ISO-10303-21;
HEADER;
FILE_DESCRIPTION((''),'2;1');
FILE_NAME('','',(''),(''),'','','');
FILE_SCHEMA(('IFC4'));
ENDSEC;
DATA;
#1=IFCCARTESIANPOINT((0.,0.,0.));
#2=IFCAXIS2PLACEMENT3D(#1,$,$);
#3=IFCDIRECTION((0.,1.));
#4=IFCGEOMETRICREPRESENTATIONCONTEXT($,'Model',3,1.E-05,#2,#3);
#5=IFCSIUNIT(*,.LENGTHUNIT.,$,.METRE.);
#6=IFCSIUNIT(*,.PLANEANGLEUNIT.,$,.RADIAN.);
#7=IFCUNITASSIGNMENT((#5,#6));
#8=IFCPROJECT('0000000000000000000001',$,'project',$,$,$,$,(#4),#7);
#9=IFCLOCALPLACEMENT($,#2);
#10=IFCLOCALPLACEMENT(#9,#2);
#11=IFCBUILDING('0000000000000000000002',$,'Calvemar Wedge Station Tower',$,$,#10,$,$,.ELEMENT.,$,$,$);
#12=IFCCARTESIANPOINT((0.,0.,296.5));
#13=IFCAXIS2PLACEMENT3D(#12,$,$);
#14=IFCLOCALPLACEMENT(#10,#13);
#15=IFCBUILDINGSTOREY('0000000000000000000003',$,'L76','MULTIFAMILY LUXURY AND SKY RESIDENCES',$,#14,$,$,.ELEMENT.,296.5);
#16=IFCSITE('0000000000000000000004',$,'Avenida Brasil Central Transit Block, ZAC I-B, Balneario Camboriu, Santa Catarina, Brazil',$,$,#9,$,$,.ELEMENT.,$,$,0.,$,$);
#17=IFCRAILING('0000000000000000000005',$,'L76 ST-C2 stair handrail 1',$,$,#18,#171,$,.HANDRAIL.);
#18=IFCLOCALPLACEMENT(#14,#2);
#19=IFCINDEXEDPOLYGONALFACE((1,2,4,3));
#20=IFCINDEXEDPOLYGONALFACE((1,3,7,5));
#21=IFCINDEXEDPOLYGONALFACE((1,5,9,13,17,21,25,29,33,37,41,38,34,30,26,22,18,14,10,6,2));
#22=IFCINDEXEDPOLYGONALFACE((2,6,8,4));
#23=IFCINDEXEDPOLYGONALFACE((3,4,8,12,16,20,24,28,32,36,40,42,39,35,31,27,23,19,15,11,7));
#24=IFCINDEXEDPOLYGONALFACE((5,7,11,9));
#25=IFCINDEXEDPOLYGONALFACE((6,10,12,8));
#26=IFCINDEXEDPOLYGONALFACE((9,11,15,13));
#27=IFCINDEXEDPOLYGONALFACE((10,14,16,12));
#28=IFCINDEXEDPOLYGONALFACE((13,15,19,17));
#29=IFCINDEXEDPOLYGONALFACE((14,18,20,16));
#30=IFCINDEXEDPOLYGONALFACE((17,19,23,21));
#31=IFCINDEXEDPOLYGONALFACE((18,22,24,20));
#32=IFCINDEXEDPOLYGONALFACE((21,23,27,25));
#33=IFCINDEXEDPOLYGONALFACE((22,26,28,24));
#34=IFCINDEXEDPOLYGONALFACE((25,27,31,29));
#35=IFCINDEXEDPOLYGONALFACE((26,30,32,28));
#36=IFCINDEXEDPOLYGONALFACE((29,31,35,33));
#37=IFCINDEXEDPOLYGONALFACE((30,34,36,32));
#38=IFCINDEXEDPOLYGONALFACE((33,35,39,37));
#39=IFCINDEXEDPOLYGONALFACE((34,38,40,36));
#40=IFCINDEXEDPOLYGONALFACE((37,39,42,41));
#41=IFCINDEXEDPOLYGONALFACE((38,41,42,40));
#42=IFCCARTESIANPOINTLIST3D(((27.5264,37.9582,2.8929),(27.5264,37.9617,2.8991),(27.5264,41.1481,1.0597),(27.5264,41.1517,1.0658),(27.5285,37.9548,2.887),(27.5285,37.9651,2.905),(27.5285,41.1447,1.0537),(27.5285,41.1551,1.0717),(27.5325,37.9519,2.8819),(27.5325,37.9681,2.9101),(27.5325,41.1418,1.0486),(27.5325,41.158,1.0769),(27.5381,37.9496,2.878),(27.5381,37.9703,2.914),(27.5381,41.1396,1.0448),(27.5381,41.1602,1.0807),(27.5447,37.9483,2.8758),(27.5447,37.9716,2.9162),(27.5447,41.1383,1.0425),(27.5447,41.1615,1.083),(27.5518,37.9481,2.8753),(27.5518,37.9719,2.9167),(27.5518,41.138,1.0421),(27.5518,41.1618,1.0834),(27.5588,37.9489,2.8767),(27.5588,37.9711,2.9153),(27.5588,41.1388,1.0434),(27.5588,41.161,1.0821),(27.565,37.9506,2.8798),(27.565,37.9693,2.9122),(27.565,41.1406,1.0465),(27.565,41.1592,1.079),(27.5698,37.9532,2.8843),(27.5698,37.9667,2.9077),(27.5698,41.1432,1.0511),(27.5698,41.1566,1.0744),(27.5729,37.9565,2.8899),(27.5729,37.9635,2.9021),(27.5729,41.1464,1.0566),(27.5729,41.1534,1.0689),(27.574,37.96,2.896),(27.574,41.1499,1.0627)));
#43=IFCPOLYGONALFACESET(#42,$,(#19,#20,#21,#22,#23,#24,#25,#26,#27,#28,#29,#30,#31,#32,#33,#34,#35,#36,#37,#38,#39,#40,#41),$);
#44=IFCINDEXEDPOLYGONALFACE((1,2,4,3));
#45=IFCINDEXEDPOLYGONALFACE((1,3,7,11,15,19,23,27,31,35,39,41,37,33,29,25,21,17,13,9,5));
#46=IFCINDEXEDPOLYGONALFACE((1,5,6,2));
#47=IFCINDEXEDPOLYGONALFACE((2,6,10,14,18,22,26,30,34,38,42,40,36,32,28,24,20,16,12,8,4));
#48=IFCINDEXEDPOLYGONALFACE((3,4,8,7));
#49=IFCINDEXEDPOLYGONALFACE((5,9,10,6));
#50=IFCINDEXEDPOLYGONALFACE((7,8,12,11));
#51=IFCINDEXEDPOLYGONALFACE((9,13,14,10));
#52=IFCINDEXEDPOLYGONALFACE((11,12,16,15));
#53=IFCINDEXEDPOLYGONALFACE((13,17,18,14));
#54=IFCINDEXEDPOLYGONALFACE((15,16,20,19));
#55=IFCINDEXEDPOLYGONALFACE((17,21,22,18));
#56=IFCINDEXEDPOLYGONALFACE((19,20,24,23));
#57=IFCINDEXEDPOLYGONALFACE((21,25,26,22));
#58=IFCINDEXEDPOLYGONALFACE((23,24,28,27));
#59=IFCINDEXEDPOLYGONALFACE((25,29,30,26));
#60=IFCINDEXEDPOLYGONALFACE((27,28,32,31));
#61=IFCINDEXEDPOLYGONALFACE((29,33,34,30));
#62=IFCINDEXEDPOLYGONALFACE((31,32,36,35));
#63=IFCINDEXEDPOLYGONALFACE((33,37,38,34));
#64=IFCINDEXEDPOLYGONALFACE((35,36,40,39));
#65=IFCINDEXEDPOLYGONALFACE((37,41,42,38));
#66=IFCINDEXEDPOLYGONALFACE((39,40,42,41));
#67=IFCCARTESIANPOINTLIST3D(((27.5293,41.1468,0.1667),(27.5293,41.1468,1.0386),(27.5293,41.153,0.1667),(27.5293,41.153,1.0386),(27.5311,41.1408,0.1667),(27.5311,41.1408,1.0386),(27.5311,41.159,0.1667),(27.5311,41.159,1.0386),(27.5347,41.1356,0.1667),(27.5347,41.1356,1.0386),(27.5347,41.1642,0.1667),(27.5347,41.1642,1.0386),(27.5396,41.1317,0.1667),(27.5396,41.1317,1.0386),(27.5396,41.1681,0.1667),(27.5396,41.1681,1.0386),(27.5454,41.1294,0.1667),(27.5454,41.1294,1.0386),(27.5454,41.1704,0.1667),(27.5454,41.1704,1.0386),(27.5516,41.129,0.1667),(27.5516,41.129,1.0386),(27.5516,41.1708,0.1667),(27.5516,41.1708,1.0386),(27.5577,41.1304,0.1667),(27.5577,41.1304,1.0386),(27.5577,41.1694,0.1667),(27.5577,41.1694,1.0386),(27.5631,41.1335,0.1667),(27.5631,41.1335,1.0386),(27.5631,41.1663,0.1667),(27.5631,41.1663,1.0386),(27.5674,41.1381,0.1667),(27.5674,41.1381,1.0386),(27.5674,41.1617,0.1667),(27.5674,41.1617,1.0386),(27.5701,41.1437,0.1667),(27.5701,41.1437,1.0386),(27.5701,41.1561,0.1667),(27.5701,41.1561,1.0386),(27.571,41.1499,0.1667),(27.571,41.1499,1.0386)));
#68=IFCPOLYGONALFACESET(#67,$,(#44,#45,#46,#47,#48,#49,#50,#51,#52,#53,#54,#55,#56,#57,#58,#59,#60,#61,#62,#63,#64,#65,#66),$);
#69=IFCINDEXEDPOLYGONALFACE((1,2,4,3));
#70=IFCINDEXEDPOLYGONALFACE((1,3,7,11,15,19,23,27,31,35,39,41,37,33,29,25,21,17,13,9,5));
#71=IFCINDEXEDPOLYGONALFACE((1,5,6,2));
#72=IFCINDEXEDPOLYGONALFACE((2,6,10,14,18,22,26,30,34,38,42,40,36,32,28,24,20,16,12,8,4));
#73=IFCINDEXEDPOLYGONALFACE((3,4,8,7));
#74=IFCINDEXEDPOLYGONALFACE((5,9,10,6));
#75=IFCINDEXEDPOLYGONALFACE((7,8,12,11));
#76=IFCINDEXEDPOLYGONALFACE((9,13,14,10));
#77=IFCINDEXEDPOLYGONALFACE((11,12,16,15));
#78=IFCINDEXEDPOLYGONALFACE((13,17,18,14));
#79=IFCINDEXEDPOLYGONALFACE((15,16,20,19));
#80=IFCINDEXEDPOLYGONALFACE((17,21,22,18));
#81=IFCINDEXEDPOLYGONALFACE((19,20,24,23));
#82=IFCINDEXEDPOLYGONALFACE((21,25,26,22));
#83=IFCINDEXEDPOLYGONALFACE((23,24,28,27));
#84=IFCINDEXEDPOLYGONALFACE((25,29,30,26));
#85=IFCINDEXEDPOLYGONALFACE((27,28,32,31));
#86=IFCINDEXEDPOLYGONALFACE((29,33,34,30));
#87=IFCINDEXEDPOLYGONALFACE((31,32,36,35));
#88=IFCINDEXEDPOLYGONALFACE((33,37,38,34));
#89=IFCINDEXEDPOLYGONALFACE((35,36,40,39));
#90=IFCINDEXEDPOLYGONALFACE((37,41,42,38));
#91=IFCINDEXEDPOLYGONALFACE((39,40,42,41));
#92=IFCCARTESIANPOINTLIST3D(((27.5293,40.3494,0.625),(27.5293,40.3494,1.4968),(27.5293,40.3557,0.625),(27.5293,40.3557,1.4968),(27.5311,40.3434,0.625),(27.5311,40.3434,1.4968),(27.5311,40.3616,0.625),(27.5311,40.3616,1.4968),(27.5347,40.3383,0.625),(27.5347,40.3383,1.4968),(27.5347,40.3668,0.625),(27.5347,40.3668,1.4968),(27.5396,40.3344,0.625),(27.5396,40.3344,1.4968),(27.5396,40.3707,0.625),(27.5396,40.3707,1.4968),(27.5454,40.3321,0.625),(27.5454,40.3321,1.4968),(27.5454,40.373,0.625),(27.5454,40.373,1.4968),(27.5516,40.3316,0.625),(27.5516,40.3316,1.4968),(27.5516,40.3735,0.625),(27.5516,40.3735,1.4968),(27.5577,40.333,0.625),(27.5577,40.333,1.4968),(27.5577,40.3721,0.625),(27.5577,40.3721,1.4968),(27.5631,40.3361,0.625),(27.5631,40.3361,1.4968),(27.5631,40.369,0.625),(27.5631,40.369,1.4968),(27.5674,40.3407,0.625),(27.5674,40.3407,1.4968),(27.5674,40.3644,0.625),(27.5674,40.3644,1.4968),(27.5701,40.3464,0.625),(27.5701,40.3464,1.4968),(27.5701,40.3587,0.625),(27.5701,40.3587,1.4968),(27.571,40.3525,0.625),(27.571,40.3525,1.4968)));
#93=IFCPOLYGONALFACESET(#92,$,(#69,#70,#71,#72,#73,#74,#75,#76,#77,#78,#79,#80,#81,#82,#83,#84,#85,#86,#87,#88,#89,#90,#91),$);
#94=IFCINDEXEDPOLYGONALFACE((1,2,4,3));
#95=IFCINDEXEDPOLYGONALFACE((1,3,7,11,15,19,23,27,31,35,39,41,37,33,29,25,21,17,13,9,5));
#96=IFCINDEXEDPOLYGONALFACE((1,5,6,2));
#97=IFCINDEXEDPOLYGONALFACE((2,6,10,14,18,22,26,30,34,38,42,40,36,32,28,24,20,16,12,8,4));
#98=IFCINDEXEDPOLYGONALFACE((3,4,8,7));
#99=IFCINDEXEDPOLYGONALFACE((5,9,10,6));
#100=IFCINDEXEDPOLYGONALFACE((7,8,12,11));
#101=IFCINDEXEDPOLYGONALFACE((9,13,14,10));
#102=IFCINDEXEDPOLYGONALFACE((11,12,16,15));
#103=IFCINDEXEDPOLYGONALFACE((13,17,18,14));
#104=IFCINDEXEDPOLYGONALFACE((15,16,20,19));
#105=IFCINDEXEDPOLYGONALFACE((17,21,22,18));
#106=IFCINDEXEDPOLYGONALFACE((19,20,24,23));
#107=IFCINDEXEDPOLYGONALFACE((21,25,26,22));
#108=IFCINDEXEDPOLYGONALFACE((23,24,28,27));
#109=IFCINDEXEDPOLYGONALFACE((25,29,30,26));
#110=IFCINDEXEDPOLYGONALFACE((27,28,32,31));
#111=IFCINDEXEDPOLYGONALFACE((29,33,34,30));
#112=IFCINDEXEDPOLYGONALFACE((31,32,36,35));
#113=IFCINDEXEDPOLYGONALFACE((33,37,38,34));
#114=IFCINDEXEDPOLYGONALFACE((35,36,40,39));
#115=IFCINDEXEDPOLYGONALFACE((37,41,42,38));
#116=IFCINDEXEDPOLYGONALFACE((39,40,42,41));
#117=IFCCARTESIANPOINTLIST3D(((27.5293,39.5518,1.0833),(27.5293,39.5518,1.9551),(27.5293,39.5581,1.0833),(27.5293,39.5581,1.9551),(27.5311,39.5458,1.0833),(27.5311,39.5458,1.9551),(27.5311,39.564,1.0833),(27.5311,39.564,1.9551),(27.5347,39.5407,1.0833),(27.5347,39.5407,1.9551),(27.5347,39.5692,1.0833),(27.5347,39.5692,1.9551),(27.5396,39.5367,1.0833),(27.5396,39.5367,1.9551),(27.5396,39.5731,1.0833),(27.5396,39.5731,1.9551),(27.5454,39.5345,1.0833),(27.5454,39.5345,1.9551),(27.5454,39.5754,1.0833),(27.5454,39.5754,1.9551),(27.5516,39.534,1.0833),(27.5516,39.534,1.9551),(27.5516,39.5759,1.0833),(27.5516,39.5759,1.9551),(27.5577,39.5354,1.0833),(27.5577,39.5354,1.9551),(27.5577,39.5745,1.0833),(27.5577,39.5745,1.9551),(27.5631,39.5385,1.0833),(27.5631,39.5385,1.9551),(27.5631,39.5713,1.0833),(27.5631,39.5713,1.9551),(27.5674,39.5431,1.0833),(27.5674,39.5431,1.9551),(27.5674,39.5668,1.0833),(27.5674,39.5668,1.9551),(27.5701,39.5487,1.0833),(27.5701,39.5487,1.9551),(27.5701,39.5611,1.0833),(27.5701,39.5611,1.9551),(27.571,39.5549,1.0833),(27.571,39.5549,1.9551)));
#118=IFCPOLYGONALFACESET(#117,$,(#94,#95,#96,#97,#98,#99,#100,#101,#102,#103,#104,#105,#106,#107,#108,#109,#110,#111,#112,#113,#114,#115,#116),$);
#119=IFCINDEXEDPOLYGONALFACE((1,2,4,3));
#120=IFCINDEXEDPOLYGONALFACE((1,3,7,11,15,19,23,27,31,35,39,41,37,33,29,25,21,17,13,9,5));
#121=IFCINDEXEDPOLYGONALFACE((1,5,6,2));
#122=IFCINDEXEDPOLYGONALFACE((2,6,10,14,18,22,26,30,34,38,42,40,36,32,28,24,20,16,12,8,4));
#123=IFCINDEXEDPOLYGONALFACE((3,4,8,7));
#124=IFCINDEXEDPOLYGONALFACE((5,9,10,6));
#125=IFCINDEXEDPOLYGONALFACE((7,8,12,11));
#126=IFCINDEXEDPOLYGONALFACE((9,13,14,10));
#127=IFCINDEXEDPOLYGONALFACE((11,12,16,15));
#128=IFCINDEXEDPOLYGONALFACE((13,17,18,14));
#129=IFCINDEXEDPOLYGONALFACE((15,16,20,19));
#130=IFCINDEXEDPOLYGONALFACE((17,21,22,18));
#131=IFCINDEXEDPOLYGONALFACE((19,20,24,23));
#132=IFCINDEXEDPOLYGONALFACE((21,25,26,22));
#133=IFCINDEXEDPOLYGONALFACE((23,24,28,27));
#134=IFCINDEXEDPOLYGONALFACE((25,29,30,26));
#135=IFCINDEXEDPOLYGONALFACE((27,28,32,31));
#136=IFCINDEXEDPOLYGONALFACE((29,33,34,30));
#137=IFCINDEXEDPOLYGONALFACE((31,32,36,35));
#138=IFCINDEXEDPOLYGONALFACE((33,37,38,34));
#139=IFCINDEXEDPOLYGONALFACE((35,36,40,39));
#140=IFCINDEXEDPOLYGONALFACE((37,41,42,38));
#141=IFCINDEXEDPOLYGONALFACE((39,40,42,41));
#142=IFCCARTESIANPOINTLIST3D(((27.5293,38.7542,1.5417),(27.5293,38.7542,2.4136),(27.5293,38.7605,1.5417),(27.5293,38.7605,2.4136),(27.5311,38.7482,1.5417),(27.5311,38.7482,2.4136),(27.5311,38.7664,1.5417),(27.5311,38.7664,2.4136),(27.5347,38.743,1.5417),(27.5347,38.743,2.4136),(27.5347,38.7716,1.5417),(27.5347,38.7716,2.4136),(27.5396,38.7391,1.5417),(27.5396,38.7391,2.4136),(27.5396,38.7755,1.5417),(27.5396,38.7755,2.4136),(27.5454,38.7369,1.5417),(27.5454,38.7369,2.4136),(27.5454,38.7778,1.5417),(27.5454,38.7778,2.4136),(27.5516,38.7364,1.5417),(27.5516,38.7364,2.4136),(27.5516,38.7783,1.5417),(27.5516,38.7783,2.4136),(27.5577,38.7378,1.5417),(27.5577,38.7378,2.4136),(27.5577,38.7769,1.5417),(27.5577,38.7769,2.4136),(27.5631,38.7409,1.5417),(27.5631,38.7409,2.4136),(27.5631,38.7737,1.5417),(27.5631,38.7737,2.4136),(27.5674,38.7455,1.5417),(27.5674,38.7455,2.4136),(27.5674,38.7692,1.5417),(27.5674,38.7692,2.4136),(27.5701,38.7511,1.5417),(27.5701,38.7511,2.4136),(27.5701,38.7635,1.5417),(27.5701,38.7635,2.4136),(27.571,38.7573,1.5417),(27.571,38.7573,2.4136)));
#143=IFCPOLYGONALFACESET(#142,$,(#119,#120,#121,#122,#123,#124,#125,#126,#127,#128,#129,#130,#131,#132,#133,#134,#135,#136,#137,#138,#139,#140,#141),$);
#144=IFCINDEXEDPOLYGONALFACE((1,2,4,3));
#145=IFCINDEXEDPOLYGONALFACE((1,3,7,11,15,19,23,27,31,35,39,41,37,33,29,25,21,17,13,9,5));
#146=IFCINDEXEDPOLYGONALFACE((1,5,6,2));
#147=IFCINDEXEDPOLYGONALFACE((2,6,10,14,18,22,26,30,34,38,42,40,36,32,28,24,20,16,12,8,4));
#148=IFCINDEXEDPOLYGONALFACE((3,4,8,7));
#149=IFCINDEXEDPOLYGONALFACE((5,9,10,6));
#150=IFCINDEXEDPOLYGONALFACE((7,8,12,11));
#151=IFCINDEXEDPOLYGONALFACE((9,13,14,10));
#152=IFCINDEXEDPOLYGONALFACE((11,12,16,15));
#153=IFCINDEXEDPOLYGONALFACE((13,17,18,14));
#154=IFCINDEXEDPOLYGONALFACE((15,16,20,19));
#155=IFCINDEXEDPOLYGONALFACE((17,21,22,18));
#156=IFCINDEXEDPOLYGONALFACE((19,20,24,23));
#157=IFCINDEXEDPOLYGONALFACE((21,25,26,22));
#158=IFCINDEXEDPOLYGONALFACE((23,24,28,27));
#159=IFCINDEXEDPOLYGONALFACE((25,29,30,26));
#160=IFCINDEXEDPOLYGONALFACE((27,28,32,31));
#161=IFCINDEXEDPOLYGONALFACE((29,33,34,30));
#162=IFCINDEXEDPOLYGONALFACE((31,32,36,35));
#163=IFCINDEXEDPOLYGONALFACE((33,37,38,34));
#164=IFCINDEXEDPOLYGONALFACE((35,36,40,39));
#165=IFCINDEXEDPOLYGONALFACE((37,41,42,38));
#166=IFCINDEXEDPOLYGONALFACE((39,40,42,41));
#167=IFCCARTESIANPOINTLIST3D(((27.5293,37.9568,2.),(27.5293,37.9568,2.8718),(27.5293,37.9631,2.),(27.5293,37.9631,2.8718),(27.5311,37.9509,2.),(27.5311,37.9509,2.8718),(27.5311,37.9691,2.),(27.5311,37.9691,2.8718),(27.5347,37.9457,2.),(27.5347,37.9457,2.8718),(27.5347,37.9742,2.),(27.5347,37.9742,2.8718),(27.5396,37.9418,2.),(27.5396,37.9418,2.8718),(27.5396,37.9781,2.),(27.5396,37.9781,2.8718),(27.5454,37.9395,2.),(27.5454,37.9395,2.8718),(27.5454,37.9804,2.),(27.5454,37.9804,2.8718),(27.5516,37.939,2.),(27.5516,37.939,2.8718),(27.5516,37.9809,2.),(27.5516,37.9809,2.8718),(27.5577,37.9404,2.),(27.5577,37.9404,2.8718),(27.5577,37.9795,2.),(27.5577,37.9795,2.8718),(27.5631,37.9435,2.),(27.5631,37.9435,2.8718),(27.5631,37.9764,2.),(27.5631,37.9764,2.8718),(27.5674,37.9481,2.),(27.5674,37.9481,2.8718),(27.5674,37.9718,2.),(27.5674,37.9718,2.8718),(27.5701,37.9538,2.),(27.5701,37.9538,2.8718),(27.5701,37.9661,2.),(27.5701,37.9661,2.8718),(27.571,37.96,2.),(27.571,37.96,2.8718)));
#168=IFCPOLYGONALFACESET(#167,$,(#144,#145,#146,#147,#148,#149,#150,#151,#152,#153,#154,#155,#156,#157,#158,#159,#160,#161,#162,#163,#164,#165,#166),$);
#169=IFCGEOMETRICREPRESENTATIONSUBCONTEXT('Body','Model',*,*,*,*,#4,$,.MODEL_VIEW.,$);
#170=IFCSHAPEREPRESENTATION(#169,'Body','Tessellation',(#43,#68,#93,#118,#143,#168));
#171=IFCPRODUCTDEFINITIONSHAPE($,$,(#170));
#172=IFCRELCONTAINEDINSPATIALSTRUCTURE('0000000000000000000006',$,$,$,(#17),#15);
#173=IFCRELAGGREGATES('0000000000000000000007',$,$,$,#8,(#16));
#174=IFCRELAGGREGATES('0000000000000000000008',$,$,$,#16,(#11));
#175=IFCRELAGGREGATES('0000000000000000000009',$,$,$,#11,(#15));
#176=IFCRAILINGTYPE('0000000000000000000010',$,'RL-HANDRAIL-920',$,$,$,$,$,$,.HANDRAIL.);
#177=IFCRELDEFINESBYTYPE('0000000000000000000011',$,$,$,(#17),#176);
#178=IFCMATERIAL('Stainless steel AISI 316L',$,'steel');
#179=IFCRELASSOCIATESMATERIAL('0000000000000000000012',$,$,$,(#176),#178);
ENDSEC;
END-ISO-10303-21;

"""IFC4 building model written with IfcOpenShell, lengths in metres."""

from ifc_helpers import new_model, si_unit, direction, frame, origin, origin_2d, place, context, subcontext, project, spatial, circle, extrude, material, type_object, element, save


model = new_model("IFC4")

# Units and contexts
model_context = context("Model", 3, precision=1e-05, world=origin(), true_north=direction((0.0, 1.0)))
body_context = subcontext(model_context, "Body", "Model", "MODEL_VIEW")
ifc_project = project(units=[si_unit("LENGTHUNIT", "METRE"), si_unit("PLANEANGLEUNIT", "RADIAN")], contexts=[model_context])

# Site, building, storey
site_placement = place(None, origin())
site = spatial("IfcSite", under=ifc_project, at=site_placement, Name="Avenida Brasil Central Transit Block, ZAC I-B, Balneario Camboriu, Santa Catarina, Brazil", CompositionType="ELEMENT", RefElevation=0.0)
building_placement = place(site_placement, origin())
building = spatial("IfcBuilding", under=site, at=building_placement, Name="Calvemar Wedge Station Tower", CompositionType="ELEMENT")
storey_placement = place(building_placement, frame((0.0, 0.0, 296.5)))
storey = spatial("IfcBuildingStorey", under=building, at=storey_placement, Name="L76", Description="MULTIFAMILY LUXURY AND SKY RESIDENCES", CompositionType="ELEMENT", Elevation=296.5)

# Railing
ifc_material_1 = material(Name="Stainless steel AISI 316L", Category="steel")
railing_type_1 = type_object("IfcRailingType", Name="RL-HANDRAIL-920", PredefinedType="HANDRAIL", material=ifc_material_1)
railing_1_placement = place(storey_placement, frame((27.55, 41.1499, 0.1667)))
element("IfcRailing", 1, at=railing_1_placement, inside=storey, type_object=railing_type_1, Name="L76 ST-C2 stair handrail 1", PredefinedType="HANDRAIL", context=body_context, shape_type="SweptSolid", body=[
    extrude(circle(Radius=0.0239, at=origin_2d()), frame((0.0, 0.0, 0.896), z_axis=(0.0, -0.86702, 0.498274), x_axis=(1.0, 0.0, 0.0)), (0.0, 0.0, 1.0), 3.6792),
    extrude(circle(Radius=0.021, at=origin_2d()), origin(), (0.0, 0.0, 1.0), 0.8718),
    extrude(circle(Radius=0.021, at=origin_2d()), frame((0.0, -0.7974, 0.4583)), (0.0, 0.0, 1.0), 0.8718),
    extrude(circle(Radius=0.021, at=origin_2d()), frame((0.0, -1.595, 0.9165)), (0.0, 0.0, 1.0), 0.8718),
    extrude(circle(Radius=0.021, at=origin_2d()), frame((0.0, -2.3926, 1.375)), (0.0, 0.0, 1.0), 0.8718),
    extrude(circle(Radius=0.021, at=origin_2d()), frame((0.0, -3.1899, 1.8333)), (0.0, 0.0, 1.0), 0.8718),
])

save(model, "model.ifc")
